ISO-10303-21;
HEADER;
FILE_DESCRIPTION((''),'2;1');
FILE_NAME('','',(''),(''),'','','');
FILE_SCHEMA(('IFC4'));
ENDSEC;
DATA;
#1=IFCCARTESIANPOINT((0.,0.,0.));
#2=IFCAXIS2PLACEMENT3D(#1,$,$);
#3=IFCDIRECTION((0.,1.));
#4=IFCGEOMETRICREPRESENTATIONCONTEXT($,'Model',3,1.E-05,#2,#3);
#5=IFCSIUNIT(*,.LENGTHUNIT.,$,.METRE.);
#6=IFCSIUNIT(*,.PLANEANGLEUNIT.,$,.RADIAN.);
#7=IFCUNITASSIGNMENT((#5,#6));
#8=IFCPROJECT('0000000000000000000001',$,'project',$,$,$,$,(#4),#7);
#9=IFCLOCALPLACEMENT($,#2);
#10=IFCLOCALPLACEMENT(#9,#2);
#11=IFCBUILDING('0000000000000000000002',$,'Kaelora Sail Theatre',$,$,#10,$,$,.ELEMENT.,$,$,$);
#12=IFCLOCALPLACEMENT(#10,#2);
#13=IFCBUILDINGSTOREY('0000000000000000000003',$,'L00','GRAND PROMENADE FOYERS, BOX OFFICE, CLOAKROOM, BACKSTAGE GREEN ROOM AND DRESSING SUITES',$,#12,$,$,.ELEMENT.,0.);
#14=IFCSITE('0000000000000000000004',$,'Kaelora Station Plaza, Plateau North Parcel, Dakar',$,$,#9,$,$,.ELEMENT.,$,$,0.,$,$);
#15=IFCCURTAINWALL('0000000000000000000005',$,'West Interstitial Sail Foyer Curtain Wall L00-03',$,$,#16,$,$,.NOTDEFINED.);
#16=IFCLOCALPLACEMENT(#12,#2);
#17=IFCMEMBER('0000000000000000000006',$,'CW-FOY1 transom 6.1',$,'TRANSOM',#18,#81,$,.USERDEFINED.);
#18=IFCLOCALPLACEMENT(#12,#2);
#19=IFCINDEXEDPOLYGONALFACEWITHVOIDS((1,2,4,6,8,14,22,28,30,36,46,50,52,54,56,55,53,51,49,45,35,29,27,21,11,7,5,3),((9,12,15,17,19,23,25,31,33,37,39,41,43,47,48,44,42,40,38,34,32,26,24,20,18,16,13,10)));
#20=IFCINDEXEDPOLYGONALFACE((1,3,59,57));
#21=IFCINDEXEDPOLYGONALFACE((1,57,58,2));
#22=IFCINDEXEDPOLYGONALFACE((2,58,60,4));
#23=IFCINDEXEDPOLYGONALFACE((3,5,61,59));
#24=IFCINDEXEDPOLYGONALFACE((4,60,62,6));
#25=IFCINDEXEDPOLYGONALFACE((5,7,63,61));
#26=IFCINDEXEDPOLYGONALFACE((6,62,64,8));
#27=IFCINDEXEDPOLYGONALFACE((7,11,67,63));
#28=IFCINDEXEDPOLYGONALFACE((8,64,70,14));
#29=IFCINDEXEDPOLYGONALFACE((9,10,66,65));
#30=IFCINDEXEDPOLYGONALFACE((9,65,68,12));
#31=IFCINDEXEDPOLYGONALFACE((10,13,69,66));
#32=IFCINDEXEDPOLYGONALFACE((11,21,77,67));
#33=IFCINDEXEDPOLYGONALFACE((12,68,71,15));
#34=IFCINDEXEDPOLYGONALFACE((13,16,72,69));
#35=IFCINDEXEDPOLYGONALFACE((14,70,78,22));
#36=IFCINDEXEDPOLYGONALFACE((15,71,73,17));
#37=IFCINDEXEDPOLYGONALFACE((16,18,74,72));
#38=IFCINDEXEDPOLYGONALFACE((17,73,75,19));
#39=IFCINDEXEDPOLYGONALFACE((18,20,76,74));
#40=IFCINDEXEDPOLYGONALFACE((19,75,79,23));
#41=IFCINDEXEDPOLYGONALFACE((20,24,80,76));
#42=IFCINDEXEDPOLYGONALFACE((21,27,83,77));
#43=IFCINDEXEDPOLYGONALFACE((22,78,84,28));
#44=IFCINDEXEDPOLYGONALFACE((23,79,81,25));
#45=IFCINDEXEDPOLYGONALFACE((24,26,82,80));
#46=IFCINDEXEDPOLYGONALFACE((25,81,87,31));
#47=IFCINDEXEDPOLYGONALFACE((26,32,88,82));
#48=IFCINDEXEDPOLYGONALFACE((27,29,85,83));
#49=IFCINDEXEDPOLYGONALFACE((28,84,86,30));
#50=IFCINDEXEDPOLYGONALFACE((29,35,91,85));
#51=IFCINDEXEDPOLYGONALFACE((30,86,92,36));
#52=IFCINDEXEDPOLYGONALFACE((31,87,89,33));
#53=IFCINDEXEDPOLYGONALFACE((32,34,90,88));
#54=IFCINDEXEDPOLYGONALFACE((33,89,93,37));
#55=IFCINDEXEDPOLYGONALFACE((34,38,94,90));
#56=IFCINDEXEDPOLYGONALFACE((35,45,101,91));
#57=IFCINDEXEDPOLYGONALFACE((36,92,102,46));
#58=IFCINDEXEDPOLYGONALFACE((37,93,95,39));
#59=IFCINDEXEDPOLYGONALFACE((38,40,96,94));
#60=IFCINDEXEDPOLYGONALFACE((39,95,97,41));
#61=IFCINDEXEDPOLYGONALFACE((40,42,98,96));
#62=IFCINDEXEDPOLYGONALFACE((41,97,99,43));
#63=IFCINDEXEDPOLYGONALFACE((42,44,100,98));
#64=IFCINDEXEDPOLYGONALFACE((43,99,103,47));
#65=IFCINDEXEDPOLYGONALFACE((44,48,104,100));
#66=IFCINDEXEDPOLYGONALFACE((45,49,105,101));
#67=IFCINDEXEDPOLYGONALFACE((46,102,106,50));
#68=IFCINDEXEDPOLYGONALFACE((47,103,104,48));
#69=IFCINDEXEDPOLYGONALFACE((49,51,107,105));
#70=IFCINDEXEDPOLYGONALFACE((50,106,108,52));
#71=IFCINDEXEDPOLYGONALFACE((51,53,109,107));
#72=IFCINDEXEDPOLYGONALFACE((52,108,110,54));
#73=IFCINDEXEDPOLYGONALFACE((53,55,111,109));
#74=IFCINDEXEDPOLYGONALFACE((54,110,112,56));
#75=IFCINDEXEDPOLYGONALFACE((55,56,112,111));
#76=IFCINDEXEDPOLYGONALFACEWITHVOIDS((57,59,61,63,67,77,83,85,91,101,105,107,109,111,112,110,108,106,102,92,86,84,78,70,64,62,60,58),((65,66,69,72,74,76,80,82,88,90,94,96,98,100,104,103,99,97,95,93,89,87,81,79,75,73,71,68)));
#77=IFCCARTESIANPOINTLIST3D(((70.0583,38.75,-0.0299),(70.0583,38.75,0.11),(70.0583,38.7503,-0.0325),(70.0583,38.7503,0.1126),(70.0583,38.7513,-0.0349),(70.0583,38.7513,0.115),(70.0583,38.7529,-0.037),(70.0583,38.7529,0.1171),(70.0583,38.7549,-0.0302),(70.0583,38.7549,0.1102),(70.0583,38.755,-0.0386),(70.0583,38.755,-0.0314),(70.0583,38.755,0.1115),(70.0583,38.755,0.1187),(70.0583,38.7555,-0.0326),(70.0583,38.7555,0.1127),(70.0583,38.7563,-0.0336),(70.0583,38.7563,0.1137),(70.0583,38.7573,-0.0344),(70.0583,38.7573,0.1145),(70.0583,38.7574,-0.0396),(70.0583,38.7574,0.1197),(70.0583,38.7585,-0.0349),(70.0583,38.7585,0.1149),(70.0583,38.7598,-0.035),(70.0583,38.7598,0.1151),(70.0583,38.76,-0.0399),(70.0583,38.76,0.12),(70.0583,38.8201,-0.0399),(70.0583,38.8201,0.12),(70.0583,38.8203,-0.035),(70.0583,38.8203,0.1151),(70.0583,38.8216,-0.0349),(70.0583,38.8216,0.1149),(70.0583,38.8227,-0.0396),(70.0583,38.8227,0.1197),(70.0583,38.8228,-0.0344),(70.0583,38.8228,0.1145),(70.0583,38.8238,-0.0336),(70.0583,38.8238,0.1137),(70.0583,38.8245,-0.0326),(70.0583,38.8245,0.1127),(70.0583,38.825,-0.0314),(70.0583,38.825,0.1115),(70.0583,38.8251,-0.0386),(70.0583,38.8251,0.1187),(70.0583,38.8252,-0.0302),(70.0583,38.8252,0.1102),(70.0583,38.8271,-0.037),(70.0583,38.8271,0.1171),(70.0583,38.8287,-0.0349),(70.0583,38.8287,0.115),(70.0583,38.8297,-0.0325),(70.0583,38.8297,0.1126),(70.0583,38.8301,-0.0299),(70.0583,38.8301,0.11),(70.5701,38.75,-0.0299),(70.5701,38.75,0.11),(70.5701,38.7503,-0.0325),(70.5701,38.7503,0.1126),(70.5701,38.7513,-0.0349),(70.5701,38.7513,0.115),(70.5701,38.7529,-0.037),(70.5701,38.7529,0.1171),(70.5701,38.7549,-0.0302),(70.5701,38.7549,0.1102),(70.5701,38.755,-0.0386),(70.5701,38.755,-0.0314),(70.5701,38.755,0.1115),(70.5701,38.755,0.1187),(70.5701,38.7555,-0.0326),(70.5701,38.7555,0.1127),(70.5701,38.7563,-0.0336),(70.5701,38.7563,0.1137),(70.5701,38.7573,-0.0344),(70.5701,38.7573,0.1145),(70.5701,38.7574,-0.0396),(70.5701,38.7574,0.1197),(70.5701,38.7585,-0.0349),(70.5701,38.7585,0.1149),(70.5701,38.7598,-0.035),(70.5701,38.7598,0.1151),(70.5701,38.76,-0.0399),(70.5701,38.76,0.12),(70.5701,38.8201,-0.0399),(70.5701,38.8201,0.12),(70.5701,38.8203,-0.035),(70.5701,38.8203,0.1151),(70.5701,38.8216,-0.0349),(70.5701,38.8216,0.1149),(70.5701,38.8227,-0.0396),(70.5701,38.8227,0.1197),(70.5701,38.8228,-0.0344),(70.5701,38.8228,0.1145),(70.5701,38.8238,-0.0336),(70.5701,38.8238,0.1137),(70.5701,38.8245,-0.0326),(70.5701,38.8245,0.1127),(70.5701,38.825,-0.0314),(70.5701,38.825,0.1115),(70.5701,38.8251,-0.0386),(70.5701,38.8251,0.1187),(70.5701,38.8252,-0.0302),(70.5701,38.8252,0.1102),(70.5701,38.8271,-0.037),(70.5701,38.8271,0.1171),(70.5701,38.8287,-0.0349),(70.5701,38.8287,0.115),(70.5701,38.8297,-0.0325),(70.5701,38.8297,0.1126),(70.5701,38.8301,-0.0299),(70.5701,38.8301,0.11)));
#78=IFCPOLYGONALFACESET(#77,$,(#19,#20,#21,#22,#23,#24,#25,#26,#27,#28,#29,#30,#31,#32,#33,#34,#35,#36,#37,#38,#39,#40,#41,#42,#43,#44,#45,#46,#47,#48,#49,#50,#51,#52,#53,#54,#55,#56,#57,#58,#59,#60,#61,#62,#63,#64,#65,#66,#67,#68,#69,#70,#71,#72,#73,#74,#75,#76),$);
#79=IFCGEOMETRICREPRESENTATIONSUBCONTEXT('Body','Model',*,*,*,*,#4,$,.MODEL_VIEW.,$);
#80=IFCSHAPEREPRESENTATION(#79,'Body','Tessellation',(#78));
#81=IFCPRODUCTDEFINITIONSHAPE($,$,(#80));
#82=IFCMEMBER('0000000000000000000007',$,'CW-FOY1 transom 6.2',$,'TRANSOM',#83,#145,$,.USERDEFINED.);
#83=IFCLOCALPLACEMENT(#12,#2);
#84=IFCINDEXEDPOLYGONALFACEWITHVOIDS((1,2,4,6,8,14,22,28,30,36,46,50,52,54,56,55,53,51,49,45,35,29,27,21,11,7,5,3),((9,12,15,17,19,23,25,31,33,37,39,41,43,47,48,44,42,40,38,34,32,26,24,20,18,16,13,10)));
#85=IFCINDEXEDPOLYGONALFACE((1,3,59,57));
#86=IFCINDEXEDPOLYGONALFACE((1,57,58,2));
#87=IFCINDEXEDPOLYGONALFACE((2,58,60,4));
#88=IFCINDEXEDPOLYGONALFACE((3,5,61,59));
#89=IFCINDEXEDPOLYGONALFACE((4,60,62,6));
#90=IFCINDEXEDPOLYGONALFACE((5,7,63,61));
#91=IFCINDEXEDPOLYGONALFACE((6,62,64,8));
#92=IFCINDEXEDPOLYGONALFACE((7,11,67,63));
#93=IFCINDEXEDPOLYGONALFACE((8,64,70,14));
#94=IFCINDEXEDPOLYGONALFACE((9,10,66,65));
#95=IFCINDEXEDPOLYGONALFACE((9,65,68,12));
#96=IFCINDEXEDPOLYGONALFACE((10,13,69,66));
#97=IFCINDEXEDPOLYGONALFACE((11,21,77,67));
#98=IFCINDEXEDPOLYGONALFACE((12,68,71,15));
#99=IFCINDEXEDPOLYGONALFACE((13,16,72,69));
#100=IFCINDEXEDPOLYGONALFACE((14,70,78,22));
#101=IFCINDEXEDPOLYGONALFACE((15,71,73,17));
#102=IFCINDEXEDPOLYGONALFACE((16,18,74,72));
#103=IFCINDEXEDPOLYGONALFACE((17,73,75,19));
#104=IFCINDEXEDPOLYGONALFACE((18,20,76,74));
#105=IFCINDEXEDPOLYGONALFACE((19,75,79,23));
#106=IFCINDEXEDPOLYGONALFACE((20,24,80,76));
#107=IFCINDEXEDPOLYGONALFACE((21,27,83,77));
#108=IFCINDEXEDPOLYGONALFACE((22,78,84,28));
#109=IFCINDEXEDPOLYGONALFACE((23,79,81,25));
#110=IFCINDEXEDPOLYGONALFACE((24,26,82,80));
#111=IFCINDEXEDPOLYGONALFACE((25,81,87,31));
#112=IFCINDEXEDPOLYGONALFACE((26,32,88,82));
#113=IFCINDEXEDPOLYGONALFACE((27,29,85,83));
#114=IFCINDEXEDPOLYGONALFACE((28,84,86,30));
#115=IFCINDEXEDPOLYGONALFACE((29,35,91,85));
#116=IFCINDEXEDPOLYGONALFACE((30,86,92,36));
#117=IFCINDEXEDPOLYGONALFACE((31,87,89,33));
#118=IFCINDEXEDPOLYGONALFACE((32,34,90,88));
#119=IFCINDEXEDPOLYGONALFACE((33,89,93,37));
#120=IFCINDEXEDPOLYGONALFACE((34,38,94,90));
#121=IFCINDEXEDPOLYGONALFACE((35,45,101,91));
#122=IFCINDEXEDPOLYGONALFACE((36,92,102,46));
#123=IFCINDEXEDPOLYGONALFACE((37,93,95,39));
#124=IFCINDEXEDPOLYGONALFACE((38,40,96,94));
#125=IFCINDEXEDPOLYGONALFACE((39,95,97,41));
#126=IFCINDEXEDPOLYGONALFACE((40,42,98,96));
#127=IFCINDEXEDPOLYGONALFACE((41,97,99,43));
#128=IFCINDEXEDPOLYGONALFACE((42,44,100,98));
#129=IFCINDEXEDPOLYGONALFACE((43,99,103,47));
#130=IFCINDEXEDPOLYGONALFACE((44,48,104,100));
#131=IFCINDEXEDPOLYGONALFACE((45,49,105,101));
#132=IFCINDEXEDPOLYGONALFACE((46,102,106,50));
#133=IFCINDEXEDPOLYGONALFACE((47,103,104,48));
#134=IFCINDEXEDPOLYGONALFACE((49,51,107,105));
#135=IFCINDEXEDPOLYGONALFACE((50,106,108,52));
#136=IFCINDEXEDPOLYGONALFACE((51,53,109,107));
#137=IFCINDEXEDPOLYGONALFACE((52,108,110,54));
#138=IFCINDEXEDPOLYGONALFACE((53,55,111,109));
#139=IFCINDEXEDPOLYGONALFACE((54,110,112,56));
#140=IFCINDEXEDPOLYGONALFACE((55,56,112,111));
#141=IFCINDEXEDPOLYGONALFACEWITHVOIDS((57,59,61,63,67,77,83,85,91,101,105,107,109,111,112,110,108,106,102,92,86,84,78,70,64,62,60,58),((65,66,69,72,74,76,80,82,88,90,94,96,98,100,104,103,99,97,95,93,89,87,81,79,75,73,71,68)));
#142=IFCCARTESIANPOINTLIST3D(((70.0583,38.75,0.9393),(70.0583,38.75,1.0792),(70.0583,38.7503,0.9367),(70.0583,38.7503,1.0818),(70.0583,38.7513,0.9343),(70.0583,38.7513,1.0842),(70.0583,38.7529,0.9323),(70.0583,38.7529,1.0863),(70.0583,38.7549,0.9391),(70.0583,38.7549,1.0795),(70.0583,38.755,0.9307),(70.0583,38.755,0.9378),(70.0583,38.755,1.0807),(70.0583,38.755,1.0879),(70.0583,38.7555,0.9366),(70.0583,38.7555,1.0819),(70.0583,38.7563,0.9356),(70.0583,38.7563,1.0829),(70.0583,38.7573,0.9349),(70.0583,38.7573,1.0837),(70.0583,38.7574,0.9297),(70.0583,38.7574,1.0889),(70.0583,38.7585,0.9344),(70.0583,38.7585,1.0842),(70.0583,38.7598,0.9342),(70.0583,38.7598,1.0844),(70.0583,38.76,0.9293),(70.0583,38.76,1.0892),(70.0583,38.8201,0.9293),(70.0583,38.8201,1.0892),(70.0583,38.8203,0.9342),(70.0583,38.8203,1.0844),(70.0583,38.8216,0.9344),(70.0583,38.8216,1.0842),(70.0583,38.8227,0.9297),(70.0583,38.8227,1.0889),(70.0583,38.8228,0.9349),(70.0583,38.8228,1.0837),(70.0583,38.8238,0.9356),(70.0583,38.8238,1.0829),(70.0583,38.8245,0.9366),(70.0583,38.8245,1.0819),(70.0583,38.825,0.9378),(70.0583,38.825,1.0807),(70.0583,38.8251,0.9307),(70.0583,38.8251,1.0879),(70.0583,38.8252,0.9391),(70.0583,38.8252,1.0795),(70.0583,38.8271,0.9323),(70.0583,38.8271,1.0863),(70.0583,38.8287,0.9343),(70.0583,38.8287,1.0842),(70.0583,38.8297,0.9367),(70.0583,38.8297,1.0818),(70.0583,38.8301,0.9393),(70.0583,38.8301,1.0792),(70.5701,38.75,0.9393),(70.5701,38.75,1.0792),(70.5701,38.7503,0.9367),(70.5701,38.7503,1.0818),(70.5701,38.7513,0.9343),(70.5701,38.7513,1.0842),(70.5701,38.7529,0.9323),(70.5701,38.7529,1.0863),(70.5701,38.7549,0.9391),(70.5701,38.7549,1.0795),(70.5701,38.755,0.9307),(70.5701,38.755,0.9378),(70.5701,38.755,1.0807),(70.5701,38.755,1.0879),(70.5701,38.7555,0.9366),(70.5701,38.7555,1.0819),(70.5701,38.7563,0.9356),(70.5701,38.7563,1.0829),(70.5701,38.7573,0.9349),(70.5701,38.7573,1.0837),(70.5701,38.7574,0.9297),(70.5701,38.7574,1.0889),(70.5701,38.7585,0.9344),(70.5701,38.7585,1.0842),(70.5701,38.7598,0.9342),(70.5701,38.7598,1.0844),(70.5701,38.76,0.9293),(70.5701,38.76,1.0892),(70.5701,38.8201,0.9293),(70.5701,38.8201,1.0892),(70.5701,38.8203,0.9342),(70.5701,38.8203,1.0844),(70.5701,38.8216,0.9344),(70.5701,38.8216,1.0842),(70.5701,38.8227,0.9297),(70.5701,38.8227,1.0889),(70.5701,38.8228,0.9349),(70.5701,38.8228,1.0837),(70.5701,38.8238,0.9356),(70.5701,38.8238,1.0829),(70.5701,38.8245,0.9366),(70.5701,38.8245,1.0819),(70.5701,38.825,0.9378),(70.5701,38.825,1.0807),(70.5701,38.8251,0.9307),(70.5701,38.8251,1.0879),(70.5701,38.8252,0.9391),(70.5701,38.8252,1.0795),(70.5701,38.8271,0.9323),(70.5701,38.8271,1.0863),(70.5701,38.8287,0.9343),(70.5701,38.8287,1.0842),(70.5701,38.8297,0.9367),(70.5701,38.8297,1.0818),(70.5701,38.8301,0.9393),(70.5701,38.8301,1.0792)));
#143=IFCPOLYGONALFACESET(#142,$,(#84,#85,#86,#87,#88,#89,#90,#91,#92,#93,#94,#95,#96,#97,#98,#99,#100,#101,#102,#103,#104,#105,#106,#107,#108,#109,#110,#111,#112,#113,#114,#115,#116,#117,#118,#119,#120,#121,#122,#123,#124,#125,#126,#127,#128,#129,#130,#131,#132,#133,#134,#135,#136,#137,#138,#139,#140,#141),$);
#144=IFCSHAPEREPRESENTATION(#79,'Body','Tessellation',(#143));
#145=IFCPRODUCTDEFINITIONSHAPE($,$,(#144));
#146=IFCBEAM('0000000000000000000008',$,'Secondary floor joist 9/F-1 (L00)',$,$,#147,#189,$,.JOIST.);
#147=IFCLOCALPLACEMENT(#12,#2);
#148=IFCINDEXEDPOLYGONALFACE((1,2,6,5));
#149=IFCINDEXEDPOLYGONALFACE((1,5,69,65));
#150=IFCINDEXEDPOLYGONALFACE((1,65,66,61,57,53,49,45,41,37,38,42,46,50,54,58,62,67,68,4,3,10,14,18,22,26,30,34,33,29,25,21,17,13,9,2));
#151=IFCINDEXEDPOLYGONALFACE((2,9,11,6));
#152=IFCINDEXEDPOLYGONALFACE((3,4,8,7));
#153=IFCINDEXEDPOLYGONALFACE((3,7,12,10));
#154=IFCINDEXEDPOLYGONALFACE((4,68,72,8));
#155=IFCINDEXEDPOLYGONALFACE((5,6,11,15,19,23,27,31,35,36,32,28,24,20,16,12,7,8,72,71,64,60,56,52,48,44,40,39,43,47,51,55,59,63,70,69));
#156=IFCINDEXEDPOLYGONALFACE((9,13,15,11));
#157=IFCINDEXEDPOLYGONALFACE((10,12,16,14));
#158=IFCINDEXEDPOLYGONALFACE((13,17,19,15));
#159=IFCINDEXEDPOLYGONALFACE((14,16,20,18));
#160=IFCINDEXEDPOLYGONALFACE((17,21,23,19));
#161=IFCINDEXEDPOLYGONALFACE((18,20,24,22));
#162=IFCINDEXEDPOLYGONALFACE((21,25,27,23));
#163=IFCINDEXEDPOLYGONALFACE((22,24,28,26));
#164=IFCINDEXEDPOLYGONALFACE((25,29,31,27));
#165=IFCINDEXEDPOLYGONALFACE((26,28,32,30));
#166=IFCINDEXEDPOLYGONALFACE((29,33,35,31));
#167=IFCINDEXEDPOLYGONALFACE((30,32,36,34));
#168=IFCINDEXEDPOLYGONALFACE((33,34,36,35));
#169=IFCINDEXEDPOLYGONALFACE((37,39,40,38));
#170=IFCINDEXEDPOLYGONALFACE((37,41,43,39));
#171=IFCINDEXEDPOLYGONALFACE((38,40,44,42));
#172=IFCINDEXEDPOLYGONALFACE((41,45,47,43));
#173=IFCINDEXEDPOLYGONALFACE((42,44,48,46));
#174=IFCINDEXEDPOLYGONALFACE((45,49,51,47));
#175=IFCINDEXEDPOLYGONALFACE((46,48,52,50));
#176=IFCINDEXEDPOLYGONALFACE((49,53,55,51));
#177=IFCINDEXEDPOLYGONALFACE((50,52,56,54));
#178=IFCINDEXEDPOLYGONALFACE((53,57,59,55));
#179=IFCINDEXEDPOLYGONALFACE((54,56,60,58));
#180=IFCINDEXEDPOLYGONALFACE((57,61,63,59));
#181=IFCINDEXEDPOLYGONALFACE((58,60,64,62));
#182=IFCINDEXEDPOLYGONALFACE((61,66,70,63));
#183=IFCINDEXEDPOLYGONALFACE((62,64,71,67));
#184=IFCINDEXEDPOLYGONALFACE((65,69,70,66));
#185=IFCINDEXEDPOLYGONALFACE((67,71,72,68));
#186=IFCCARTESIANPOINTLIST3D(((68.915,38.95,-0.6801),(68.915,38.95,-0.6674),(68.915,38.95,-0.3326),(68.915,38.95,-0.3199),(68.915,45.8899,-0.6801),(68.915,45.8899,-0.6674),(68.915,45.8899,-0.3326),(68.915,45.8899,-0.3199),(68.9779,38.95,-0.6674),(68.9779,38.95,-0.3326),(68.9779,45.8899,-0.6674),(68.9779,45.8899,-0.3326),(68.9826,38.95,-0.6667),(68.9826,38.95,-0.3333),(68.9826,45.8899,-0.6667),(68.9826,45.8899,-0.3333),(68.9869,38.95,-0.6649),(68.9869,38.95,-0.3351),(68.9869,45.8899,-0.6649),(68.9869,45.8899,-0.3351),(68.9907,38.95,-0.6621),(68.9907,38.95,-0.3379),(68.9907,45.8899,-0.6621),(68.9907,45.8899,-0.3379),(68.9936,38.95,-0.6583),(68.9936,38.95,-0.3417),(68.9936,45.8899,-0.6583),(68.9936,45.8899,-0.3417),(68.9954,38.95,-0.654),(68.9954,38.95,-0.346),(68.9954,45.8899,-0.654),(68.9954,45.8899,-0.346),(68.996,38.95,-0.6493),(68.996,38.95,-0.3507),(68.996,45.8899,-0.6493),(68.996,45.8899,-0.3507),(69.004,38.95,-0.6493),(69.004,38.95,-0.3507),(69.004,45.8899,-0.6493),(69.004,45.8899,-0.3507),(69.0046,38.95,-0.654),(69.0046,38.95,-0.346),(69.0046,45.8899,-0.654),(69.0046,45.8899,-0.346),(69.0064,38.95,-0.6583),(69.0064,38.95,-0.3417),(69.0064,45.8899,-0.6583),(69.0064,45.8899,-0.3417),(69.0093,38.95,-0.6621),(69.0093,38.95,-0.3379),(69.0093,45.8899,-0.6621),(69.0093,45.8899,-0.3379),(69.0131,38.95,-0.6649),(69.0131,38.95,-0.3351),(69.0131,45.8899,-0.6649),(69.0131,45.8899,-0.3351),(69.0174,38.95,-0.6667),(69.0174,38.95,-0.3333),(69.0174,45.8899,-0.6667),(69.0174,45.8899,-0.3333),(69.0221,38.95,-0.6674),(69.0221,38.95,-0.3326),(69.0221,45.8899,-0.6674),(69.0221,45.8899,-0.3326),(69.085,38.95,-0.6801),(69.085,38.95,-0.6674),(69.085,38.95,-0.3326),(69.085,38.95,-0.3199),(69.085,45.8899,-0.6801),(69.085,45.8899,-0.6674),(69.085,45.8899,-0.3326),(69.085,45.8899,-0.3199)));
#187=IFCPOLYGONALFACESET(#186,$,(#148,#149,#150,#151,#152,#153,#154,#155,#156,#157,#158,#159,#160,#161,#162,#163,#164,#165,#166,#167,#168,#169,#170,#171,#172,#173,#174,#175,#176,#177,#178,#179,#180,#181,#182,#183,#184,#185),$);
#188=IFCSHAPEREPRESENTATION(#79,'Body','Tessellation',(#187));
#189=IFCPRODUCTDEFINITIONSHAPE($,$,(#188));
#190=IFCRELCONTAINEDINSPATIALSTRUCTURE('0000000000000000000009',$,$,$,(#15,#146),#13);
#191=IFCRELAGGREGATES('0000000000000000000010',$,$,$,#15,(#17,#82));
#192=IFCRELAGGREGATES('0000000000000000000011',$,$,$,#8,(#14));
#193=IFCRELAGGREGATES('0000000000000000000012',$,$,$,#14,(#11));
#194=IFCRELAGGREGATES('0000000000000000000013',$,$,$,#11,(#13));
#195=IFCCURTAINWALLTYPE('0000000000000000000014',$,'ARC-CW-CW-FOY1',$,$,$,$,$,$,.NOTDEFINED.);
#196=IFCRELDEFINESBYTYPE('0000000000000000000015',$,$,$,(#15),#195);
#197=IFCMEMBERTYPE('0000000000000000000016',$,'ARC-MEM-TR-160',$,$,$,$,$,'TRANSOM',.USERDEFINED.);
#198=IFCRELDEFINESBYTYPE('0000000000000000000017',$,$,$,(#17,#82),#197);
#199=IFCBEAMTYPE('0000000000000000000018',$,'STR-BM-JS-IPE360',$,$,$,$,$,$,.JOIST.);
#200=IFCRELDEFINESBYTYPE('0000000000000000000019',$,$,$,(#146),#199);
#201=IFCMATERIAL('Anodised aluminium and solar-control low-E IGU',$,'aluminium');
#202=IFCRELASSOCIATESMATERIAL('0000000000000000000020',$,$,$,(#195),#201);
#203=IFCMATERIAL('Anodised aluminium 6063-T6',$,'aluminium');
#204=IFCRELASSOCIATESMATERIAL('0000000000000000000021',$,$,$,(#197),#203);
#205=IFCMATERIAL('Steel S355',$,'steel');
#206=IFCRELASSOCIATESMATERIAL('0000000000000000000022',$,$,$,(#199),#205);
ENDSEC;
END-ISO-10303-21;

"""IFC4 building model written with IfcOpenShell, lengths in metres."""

from ifc_helpers import new_model, si_unit, direction, frame, origin, origin_2d, place, context, subcontext, project, spatial, hollow_rectangle, i_section, extrude, material, material_profile, profile_set, type_object, element, aggregate, save


model = new_model("IFC4")

# Units and contexts
model_context = context("Model", 3, precision=1e-05, world=origin(), true_north=direction((0.0, 1.0)))
body_context = subcontext(model_context, "Body", "Model", "MODEL_VIEW")
ifc_project = project(units=[si_unit("LENGTHUNIT", "METRE"), si_unit("PLANEANGLEUNIT", "RADIAN")], contexts=[model_context])

# Site, building, storey
site_placement = place(None, origin())
site = spatial("IfcSite", under=ifc_project, at=site_placement, Name="Kaelora Station Plaza, Plateau North Parcel, Dakar", CompositionType="ELEMENT", RefElevation=0.0)
building_placement = place(site_placement, origin())
building = spatial("IfcBuilding", under=site, at=building_placement, Name="Kaelora Sail Theatre", CompositionType="ELEMENT")
storey_placement = place(building_placement, origin())
storey = spatial("IfcBuildingStorey", under=building, at=storey_placement, Name="L00", Description="GRAND PROMENADE FOYERS, BOX OFFICE, CLOAKROOM, BACKSTAGE GREEN ROOM AND DRESSING SUITES", CompositionType="ELEMENT", Elevation=0.0)

# Curtain wall, members
ifc_material_1 = material(Name="Anodised aluminium and solar-control low-E IGU", Category="aluminium")
curtain_wall_type = type_object("IfcCurtainWallType", Name="ARC-CW-CW-FOY1", PredefinedType="NOTDEFINED", material=ifc_material_1)
curtain_wall_placement = place(storey_placement, origin())
curtain_wall = element("IfcCurtainWall", 1, at=curtain_wall_placement, inside=storey, type_object=curtain_wall_type, Name="West Interstitial Sail Foyer Curtain Wall L00-03", PredefinedType="NOTDEFINED")
ifc_material_2 = material(Name="Anodised aluminium 6063-T6", Category="aluminium")
ifc_material_profile_1 = material_profile(ifc_material_2, hollow_rectangle(XDim=0.0801, YDim=0.1599, WallThickness=0.0049, InnerFilletRadius=0.0049, OuterFilletRadius=0.01, at=origin_2d()), Name="ALU-TRAN 80x160x5")
ifc_profile_set_1 = profile_set([ifc_material_profile_1], Name="Anodised aluminium 6063-T6")
member_type_1 = type_object("IfcMemberType", Name="ARC-MEM-TR-160", ElementType="TRANSOM", PredefinedType="USERDEFINED", material=ifc_profile_set_1)
member_1_placement = place(storey_placement, frame((70.0583, 38.79, 0.04), z_axis=(1.0, 0.0, 0.0), x_axis=(0.0, 1.0, 0.0)))
member_1 = element("IfcMember", 2, at=member_1_placement, type_object=member_type_1, Name="CW-FOY1 transom 6.1", ObjectType="TRANSOM", PredefinedType="USERDEFINED", context=body_context, shape_type="SweptSolid", body=[
    extrude(hollow_rectangle(XDim=0.0801, YDim=0.1599, WallThickness=0.0049, InnerFilletRadius=0.0049, OuterFilletRadius=0.01, at=origin_2d()), origin(), (0.0, 0.0, 1.0), 0.5117),
])
member_2_placement = place(storey_placement, frame((70.0583, 38.79, 1.0093), z_axis=(1.0, 0.0, 0.0), x_axis=(0.0, 1.0, 0.0)))
member_2 = element("IfcMember", 3, at=member_2_placement, type_object=member_type_1, Name="CW-FOY1 transom 6.2", ObjectType="TRANSOM", PredefinedType="USERDEFINED", context=body_context, shape_type="SweptSolid", body=[
    extrude(hollow_rectangle(XDim=0.0801, YDim=0.1599, WallThickness=0.0049, InnerFilletRadius=0.0049, OuterFilletRadius=0.01, at=origin_2d()), origin(), (0.0, 0.0, 1.0), 0.5117),
])

# Beam
ifc_material_3 = material(Name="Steel S355", Category="steel")
ifc_material_profile_2 = material_profile(ifc_material_3, i_section(OverallWidth=0.1699, OverallDepth=0.3601, WebThickness=0.0081, FlangeThickness=0.0127, FilletRadius=0.0181, at=origin_2d()), Name="IPE 360")
ifc_profile_set_2 = profile_set([ifc_material_profile_2], Name="Steel S355")
beam_type_1 = type_object("IfcBeamType", Name="STR-BM-JS-IPE360", PredefinedType="JOIST", material=ifc_profile_set_2)
beam_1_placement = place(storey_placement, frame((69.0, 38.95, -0.5), z_axis=(0.0, 1.0, 0.0), x_axis=(-1.0, 0.0, 0.0)))
element("IfcBeam", 4, at=beam_1_placement, inside=storey, type_object=beam_type_1, Name="Secondary floor joist 9/F-1 (L00)", PredefinedType="JOIST", context=body_context, shape_type="SweptSolid", body=[
    extrude(i_section(OverallWidth=0.1699, OverallDepth=0.3601, WebThickness=0.0081, FlangeThickness=0.0127, FilletRadius=0.0181, at=origin_2d()), origin(), (0.0, 0.0, 1.0), 6.9399),
])

aggregate(curtain_wall, [member_1, member_2])

save(model, "model.ifc")
